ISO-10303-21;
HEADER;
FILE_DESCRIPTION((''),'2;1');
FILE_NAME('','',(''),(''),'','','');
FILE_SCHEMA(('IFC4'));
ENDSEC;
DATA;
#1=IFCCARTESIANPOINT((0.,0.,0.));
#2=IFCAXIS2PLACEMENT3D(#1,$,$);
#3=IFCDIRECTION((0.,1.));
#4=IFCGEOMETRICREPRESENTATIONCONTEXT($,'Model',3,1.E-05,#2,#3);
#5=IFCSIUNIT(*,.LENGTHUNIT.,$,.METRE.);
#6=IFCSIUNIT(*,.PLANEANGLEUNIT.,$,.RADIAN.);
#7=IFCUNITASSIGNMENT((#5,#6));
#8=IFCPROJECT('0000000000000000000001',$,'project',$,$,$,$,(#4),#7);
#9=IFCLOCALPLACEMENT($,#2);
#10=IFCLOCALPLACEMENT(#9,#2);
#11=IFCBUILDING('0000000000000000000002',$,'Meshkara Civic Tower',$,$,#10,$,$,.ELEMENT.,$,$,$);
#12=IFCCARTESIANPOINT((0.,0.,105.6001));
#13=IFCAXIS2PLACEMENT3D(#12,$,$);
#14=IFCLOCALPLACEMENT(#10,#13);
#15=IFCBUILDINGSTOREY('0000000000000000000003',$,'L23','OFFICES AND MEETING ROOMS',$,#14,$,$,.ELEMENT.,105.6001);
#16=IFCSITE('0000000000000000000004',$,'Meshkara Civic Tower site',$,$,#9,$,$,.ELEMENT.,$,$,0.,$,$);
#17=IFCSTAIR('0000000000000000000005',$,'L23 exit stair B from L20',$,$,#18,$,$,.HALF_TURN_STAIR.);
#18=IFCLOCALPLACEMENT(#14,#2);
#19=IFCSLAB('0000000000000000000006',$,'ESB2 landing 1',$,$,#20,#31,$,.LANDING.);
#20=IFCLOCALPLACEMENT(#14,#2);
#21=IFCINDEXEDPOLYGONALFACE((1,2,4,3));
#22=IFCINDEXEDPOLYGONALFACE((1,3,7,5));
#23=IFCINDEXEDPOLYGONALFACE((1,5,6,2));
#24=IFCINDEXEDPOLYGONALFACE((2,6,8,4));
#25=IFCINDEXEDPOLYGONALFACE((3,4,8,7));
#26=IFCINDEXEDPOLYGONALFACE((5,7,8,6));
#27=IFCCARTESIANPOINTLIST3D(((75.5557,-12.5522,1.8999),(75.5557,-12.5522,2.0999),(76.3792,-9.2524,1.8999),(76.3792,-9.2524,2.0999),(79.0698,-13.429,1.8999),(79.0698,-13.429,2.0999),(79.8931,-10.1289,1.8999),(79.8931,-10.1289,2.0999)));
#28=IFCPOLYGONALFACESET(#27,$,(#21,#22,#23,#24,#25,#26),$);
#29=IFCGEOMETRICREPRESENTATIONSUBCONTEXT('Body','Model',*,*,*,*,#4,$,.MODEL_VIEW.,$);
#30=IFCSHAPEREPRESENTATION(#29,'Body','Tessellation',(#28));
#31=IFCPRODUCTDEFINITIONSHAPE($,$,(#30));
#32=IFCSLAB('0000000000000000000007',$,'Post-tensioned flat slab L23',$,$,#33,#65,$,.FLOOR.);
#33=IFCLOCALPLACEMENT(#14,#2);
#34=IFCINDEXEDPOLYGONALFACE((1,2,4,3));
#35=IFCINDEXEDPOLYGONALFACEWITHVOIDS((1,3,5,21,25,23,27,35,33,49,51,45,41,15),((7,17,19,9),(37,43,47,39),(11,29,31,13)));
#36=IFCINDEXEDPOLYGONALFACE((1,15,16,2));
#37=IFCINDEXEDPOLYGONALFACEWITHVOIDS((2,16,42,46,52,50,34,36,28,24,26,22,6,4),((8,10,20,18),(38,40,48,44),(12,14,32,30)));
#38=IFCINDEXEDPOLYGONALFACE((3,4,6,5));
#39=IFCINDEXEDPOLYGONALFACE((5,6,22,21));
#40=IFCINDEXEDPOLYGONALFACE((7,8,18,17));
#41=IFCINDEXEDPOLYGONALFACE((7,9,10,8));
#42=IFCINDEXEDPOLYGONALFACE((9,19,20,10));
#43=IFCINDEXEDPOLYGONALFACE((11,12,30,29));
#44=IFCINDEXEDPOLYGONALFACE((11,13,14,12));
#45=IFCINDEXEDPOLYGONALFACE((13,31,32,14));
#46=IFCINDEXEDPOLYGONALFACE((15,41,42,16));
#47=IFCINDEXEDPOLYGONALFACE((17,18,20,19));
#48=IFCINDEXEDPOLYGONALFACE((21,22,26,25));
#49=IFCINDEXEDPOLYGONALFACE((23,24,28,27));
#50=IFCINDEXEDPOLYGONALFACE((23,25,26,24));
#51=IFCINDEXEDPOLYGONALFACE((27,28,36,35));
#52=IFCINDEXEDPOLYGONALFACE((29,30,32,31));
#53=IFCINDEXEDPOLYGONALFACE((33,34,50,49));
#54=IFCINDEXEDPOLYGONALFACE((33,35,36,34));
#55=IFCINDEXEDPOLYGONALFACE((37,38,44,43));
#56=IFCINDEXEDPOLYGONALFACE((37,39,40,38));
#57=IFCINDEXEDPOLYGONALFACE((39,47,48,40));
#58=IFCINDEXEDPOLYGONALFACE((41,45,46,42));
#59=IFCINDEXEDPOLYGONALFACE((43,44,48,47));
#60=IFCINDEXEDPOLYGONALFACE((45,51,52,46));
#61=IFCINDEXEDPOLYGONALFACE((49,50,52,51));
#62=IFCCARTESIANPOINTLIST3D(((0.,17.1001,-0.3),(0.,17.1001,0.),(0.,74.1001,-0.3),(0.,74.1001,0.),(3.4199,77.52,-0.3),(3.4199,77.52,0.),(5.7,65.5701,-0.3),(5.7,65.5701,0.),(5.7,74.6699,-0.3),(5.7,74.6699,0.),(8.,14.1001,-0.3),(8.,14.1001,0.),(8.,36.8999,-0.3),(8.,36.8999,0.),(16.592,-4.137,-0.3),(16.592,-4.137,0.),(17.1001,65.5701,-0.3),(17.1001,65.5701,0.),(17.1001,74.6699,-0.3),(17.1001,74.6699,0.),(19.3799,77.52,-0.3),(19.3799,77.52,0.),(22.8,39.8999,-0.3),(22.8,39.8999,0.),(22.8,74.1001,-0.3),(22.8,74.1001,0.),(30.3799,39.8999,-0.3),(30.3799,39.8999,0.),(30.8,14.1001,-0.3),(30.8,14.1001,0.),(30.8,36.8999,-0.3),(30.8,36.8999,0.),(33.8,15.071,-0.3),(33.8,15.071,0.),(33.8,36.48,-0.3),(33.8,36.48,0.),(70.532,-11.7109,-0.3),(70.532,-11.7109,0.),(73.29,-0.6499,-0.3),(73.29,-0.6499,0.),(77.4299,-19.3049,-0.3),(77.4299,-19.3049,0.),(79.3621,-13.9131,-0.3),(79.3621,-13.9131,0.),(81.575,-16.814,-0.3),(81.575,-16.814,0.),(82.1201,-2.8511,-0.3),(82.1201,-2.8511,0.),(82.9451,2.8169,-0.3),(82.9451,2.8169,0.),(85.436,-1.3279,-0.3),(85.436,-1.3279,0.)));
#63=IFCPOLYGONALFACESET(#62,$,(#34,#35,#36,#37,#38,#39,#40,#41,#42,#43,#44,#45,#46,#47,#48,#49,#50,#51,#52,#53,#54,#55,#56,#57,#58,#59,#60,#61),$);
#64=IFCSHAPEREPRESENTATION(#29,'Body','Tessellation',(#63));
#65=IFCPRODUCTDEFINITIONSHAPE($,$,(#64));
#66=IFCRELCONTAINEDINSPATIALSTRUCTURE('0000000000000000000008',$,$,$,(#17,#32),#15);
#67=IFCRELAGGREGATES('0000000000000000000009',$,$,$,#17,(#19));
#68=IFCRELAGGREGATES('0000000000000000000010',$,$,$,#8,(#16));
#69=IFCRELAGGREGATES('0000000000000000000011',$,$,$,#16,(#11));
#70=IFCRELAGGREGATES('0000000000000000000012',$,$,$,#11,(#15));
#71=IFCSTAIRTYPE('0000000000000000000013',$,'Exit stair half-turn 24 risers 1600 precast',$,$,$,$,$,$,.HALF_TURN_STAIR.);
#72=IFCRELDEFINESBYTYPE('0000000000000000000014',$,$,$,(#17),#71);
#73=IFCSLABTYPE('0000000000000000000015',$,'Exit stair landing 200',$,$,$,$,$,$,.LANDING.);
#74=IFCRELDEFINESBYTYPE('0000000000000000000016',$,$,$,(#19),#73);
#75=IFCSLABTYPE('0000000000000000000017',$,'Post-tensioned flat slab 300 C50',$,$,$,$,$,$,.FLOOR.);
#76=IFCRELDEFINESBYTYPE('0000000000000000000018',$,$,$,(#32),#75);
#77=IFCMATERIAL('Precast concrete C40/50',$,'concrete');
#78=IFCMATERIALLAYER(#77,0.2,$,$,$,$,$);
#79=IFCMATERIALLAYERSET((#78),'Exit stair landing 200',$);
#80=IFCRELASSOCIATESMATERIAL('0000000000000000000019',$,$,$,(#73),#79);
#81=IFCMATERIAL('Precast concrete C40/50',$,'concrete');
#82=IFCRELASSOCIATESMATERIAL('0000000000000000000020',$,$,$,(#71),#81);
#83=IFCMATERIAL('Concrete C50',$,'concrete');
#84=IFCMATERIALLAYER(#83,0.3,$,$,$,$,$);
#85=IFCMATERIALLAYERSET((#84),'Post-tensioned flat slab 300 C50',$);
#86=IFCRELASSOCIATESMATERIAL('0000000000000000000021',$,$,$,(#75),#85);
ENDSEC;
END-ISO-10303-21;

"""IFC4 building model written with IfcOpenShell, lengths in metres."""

from ifc_helpers import new_model, si_unit, direction, frame, origin, place, context, subcontext, project, spatial, polyline, outline, extrude, material, layer, layer_set, type_object, element, aggregate, save


model = new_model("IFC4")

# Units and contexts
model_context = context("Model", 3, precision=1e-05, world=origin(), true_north=direction((0.0, 1.0)))
body_context = subcontext(model_context, "Body", "Model", "MODEL_VIEW")
ifc_project = project(units=[si_unit("LENGTHUNIT", "METRE"), si_unit("PLANEANGLEUNIT", "RADIAN")], contexts=[model_context])

# Site, building, storey
site_placement = place(None, origin())
site = spatial("IfcSite", under=ifc_project, at=site_placement, Name="Meshkara Civic Tower site", CompositionType="ELEMENT", RefElevation=0.0)
building_placement = place(site_placement, origin())
building = spatial("IfcBuilding", under=site, at=building_placement, Name="Meshkara Civic Tower", CompositionType="ELEMENT")
storey_placement = place(building_placement, frame((0.0, 0.0, 105.6001)))
storey = spatial("IfcBuildingStorey", under=building, at=storey_placement, Name="L23", Description="OFFICES AND MEETING ROOMS", CompositionType="ELEMENT", Elevation=105.6001)

# Stair, slab
ifc_material_1 = material(Name="Precast concrete C40/50", Category="concrete")
ifc_layer_1 = layer(ifc_material_1, 0.2)
ifc_layer_set_1 = layer_set([ifc_layer_1], Name="Exit stair landing 200")
slab_type_1 = type_object("IfcSlabType", Name="Exit stair landing 200", PredefinedType="LANDING", material=ifc_layer_set_1)
ifc_material_2 = material(Name="Precast concrete C40/50", Category="concrete")
stair_type_1 = type_object("IfcStairType", Name="Exit stair half-turn 24 risers 1600 precast", PredefinedType="HALF_TURN_STAIR", material=ifc_material_2)
stair_1_placement = place(storey_placement, origin())
stair_1 = element("IfcStair", 1, at=stair_1_placement, inside=storey, type_object=stair_type_1, Name="L23 exit stair B from L20", PredefinedType="HALF_TURN_STAIR")
slab_1_placement = place(storey_placement, frame((0.0, 0.0, 1.8999)))
slab_1 = element("IfcSlab", 2, at=slab_1_placement, type_object=slab_type_1, Name="ESB2 landing 1", PredefinedType="LANDING", context=body_context, shape_type="SweptSolid", body=[
    extrude(outline(polyline([(75.5557, -12.5522), (79.0698, -13.429), (79.8931, -10.1289), (76.3792, -9.2524), (75.5557, -12.5522)])), origin(), (0.0, 0.0, 1.0), 0.2),
])
aggregate(stair_1, [slab_1])

# Slab
ifc_material_3 = material(Name="Concrete C50", Category="concrete")
ifc_layer_2 = layer(ifc_material_3, 0.3)
ifc_layer_set_2 = layer_set([ifc_layer_2], Name="Post-tensioned flat slab 300 C50")
slab_type_2 = type_object("IfcSlabType", Name="Post-tensioned flat slab 300 C50", PredefinedType="FLOOR", material=ifc_layer_set_2)
slab_2_placement = place(storey_placement, frame((0.0, 0.0, -0.3)))
element("IfcSlab", 3, at=slab_2_placement, inside=storey, type_object=slab_type_2, Name="Post-tensioned flat slab L23", PredefinedType="FLOOR", context=body_context, shape_type="SweptSolid", body=[
    extrude(outline(polyline([(81.575, -16.814), (77.4299, -19.3049), (16.592, -4.137), (0.0, 17.1001), (0.0, 74.1001), (3.4199, 77.52), (19.3799, 77.52), (22.8, 74.1001), (22.8, 39.8999), (30.3799, 39.8999), (33.8, 36.48), (33.8, 15.071), (82.9451, 2.8169), (85.436, -1.3279), (81.575, -16.814)]), holes=[polyline([(79.3621, -13.9131), (82.1201, -2.8511), (73.29, -0.6499), (70.532, -11.7109), (79.3621, -13.9131)]), polyline([(8.0, 14.1001), (30.8, 14.1001), (30.8, 36.8999), (8.0, 36.8999), (8.0, 14.1001)]), polyline([(5.7, 74.6699), (5.7, 65.5701), (17.1001, 65.5701), (17.1001, 74.6699), (5.7, 74.6699)])]), origin(), (0.0, 0.0, 1.0), 0.3),
])

save(model, "model.ifc")
